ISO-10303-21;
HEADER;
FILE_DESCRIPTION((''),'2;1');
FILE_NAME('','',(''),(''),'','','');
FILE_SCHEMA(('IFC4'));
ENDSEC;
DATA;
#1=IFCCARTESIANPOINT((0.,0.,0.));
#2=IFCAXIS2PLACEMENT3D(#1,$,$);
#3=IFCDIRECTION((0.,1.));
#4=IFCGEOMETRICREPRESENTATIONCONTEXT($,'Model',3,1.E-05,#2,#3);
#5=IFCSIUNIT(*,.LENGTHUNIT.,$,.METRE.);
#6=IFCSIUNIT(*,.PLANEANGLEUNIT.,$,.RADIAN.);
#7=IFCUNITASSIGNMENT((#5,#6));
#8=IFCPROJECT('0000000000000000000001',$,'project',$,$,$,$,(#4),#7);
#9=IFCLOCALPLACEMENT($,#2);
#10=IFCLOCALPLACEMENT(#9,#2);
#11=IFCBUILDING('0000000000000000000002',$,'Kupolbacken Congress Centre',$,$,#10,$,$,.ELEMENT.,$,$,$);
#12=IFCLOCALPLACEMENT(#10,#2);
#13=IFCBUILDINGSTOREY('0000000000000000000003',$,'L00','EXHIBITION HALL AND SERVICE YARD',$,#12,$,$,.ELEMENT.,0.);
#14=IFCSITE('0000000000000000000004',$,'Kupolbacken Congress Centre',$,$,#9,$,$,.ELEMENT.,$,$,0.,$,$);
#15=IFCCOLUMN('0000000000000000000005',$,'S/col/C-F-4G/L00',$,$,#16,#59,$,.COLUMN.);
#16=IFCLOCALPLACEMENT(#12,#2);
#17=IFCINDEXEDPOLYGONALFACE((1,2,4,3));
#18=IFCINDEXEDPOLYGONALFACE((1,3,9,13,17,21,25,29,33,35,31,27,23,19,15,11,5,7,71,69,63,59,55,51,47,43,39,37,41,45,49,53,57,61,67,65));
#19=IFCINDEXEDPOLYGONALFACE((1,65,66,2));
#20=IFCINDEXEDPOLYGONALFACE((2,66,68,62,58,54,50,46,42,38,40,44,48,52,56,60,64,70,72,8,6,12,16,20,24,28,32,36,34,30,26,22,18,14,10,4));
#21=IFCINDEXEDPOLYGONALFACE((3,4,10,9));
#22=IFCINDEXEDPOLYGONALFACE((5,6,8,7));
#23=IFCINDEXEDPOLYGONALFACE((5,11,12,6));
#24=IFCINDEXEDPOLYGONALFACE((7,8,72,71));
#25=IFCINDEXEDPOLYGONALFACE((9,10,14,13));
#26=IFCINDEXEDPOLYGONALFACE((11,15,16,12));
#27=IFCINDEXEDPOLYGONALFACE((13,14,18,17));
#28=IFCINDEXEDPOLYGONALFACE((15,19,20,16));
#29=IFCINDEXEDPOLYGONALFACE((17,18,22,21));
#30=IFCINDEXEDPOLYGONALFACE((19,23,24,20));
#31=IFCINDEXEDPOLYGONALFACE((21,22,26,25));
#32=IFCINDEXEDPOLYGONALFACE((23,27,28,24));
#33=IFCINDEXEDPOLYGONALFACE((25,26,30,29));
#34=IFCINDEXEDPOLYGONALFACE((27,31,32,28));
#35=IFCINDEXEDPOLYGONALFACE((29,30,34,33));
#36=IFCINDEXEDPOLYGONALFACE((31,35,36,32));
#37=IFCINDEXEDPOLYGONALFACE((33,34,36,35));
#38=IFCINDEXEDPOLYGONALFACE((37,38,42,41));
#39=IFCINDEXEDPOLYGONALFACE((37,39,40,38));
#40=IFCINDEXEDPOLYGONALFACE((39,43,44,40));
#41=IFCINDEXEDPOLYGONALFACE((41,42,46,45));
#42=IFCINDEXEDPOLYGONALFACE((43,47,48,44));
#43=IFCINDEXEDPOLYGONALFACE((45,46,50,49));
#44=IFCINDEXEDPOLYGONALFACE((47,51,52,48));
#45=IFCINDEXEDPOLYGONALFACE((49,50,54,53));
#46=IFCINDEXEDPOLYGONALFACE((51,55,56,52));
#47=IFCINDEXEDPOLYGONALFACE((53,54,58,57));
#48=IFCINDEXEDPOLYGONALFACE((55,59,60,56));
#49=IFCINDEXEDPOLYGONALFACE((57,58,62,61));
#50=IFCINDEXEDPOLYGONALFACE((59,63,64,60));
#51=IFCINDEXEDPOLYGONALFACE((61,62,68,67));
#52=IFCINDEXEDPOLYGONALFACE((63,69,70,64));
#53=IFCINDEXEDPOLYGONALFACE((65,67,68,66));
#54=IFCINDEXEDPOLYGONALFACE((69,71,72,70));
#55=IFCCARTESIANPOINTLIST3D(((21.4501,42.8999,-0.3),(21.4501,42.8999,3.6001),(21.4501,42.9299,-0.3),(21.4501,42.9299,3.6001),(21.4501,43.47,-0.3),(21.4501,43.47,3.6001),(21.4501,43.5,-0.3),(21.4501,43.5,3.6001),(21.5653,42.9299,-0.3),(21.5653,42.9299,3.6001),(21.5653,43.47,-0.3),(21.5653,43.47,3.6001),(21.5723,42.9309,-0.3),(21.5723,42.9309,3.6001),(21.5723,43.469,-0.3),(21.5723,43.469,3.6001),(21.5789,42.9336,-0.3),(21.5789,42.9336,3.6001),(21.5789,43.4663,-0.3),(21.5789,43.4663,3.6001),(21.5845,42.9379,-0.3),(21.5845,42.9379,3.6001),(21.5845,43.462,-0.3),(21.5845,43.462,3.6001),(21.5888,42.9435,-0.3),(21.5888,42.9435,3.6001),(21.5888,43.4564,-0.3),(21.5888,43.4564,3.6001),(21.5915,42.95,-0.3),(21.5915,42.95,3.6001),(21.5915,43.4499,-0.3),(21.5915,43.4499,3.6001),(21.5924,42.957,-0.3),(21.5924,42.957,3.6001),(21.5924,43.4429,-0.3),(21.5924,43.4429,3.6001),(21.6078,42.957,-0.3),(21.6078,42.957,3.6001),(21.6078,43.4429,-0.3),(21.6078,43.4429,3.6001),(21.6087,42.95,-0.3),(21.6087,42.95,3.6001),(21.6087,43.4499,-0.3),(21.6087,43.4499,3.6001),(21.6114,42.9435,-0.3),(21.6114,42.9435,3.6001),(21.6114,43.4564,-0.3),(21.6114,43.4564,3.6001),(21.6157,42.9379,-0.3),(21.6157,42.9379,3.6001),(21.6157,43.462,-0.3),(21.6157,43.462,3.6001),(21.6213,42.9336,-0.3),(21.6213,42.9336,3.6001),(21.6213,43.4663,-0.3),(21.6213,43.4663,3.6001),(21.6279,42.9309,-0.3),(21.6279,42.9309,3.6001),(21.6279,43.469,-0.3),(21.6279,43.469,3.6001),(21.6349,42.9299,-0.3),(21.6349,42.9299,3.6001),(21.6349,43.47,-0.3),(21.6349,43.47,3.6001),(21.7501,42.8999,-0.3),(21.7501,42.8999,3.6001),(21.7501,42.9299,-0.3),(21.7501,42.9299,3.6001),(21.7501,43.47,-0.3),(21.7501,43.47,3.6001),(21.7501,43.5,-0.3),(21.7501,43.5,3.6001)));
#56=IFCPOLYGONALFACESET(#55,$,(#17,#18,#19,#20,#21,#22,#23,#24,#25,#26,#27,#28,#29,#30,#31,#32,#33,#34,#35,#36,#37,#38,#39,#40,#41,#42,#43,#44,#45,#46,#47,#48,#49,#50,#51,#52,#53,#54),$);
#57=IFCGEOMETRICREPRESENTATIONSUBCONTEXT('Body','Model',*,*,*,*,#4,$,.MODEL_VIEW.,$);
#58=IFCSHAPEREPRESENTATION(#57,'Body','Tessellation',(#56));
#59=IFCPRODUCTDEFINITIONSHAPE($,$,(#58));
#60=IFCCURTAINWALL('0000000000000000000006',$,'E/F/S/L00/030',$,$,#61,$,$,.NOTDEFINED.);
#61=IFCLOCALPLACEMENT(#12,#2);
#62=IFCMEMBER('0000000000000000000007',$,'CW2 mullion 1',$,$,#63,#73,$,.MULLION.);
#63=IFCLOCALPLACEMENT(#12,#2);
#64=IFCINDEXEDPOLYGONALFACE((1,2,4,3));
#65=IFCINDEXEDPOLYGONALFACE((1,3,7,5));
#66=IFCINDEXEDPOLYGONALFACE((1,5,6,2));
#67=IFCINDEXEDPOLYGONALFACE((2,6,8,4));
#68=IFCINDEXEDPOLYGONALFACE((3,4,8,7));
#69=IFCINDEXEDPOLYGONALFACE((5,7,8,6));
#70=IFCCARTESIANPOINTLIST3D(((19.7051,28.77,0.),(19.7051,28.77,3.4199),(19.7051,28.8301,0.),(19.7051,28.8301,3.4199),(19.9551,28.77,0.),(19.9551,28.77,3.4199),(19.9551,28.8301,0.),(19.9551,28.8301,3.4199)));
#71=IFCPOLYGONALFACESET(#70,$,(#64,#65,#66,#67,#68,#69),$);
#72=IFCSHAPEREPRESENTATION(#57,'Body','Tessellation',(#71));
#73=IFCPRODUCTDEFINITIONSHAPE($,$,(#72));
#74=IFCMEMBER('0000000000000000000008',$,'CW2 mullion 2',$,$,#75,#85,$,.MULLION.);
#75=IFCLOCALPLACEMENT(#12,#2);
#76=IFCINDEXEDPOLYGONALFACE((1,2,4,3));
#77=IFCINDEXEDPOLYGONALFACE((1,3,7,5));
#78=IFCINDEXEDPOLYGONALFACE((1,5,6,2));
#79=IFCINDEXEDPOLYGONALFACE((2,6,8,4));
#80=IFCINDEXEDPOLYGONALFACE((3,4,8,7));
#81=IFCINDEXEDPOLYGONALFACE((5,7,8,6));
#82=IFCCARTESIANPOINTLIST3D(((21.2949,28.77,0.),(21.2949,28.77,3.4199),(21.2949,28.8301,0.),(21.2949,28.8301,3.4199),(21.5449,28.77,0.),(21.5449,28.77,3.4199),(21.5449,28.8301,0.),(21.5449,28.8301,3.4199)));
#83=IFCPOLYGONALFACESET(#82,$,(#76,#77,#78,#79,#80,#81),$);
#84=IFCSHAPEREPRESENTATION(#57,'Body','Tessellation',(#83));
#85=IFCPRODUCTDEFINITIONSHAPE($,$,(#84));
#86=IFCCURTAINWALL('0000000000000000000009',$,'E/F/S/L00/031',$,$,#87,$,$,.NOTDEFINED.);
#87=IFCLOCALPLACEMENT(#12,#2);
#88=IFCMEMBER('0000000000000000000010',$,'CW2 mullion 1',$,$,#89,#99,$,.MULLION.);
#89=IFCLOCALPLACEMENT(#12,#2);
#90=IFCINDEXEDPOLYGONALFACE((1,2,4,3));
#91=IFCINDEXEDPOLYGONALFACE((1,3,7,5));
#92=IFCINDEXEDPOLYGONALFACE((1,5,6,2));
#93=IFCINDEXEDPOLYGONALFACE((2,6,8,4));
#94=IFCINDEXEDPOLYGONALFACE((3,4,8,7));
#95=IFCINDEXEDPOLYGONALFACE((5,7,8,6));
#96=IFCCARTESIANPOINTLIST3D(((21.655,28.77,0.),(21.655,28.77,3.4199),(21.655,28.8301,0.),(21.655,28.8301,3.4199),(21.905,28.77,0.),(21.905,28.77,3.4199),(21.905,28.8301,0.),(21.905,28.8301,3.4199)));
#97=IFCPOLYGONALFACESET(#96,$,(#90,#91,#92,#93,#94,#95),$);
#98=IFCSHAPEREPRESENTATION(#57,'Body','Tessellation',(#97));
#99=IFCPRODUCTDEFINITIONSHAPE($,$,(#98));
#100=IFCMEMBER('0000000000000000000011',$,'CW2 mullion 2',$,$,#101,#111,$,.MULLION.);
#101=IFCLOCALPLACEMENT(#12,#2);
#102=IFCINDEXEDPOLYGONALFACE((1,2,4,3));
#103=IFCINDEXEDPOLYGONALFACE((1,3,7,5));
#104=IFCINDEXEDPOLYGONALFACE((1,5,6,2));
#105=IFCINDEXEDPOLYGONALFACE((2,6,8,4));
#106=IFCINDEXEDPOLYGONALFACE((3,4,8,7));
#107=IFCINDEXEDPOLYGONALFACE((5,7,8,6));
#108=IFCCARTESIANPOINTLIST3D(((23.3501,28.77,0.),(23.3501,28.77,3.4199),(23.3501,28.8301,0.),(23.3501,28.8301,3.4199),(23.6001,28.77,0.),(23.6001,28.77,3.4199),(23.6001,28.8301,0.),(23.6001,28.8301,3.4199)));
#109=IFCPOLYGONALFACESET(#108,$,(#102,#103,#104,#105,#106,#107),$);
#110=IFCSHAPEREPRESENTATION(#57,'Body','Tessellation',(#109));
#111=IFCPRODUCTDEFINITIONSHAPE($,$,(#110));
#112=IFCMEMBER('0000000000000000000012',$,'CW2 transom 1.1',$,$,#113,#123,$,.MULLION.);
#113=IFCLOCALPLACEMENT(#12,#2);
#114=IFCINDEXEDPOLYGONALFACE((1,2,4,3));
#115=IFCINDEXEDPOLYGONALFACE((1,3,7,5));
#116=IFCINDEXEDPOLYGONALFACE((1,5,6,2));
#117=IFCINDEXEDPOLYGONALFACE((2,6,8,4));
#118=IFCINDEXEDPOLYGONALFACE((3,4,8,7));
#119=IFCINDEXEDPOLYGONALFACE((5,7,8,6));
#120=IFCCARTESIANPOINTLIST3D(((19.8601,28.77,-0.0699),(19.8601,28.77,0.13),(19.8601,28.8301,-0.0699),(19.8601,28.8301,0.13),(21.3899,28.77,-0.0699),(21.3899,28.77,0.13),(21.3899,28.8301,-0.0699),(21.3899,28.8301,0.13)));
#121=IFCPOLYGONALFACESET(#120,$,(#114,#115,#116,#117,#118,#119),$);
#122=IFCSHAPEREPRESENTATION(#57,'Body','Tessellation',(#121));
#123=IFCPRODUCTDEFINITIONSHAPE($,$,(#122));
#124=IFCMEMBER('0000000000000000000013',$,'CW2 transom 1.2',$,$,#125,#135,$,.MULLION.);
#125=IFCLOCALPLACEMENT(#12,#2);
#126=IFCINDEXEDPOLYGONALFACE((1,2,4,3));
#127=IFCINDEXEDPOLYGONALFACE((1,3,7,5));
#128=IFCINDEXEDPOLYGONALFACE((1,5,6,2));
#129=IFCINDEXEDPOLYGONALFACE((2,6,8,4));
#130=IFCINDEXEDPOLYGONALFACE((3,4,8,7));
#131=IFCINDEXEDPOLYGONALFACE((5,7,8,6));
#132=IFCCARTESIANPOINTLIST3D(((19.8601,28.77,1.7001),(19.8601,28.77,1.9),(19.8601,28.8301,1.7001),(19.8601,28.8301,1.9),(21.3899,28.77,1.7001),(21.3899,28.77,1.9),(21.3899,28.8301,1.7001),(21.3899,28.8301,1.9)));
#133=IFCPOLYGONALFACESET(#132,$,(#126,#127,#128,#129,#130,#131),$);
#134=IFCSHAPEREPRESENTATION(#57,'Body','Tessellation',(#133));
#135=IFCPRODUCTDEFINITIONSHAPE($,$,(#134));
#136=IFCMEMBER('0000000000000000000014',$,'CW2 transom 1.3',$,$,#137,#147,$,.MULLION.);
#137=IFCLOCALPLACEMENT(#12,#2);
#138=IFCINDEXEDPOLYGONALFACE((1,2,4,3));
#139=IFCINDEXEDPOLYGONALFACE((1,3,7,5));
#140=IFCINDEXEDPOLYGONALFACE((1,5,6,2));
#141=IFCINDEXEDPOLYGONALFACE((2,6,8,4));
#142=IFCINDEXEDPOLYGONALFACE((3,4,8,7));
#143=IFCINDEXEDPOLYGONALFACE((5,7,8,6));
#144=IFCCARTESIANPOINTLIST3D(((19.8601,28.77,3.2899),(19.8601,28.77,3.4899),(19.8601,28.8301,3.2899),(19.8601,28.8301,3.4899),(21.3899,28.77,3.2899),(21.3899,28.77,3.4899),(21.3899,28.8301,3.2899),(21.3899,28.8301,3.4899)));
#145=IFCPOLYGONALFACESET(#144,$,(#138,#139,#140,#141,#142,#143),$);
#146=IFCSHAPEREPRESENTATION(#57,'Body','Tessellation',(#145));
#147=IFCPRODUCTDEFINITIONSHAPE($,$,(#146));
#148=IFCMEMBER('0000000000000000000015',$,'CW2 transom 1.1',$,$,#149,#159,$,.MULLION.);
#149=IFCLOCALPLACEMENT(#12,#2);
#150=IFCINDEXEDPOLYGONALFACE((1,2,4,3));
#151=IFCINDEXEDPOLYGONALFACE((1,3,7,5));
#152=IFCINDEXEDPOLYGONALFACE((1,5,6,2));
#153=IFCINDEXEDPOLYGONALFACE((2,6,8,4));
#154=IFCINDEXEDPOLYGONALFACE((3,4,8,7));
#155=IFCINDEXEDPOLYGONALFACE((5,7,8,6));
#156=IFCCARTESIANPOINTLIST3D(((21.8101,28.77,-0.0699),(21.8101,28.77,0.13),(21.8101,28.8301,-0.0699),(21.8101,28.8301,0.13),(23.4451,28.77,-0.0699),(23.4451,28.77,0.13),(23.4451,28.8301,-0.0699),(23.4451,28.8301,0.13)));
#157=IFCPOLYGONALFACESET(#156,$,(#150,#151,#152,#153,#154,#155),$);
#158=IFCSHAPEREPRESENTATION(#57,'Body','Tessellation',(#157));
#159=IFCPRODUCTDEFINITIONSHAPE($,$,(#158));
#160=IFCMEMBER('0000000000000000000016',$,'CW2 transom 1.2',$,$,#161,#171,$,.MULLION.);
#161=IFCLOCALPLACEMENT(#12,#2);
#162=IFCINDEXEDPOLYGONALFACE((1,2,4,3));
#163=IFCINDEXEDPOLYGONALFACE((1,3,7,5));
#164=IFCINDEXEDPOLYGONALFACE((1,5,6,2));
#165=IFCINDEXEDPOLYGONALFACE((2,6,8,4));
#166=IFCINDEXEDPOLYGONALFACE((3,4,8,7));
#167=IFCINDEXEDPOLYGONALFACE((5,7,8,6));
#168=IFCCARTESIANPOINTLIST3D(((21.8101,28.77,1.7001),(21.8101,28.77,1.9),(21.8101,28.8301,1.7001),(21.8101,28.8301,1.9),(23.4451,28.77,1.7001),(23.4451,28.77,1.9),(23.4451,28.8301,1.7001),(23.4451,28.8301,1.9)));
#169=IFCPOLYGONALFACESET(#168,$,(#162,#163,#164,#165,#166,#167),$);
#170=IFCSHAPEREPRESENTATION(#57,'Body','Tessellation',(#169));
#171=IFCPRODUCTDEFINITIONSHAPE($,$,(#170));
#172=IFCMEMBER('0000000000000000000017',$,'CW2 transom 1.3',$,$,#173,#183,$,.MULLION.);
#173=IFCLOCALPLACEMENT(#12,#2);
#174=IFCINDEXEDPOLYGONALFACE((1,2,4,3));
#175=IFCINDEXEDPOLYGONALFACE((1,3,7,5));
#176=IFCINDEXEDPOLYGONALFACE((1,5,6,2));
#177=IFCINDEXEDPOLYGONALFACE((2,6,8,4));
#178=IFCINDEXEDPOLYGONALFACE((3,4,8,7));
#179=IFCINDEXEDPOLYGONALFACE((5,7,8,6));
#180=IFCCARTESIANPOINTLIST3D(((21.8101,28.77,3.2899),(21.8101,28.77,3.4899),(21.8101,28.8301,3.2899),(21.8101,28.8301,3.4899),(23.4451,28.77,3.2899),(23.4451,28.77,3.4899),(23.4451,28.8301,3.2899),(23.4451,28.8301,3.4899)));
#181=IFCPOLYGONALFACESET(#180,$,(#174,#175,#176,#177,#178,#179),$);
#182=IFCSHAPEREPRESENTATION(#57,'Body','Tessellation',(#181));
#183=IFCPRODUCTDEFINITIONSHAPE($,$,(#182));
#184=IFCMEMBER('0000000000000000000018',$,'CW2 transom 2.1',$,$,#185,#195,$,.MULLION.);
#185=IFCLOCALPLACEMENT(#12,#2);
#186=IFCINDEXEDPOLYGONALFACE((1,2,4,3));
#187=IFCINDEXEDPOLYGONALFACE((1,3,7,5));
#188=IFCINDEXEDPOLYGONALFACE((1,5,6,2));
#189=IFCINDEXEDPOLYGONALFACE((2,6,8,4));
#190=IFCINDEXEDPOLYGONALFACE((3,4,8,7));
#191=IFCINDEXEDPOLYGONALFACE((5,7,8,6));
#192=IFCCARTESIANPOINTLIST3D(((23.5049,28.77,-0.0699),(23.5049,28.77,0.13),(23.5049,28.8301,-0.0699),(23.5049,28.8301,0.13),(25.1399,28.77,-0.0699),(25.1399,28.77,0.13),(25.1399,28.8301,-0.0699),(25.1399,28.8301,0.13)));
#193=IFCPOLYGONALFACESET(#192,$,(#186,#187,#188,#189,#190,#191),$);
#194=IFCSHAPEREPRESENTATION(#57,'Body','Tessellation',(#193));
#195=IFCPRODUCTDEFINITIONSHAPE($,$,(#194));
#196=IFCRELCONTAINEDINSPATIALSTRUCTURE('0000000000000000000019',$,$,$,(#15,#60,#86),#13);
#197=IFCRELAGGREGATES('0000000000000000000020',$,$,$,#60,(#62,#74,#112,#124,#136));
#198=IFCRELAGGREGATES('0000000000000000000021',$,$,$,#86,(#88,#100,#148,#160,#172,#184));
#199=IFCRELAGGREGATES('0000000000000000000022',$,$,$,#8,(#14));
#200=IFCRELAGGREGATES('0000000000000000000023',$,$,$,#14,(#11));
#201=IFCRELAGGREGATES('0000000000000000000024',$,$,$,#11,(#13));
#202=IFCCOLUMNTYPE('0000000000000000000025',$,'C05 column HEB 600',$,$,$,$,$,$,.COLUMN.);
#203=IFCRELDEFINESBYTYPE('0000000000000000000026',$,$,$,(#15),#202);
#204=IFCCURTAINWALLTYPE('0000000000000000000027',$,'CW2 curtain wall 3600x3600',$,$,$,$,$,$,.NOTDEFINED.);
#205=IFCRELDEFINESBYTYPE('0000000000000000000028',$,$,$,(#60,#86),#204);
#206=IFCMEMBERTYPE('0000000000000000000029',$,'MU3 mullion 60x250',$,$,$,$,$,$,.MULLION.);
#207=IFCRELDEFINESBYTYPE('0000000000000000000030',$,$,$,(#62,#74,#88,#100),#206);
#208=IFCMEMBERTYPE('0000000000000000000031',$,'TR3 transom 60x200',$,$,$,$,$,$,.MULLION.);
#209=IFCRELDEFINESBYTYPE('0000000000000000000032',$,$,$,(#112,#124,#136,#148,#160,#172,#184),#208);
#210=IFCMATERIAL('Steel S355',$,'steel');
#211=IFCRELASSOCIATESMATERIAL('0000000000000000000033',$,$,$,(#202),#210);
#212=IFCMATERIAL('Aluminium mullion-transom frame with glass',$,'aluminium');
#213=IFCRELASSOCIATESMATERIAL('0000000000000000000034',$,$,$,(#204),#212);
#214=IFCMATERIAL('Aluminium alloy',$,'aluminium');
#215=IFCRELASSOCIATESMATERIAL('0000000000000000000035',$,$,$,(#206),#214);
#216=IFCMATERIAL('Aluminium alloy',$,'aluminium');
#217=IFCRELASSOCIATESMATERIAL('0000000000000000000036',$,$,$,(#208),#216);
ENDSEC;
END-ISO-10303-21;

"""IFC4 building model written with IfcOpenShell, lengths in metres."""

from ifc_helpers import new_model, si_unit, direction, frame, origin, origin_2d, place, context, subcontext, project, spatial, rectangle, i_section, extrude, material, material_profile, profile_set, type_object, element, aggregate, save


model = new_model("IFC4")

# Units and contexts
model_context = context("Model", 3, precision=1e-05, world=origin(), true_north=direction((0.0, 1.0)))
body_context = subcontext(model_context, "Body", "Model", "MODEL_VIEW")
ifc_project = project(units=[si_unit("LENGTHUNIT", "METRE"), si_unit("PLANEANGLEUNIT", "RADIAN")], contexts=[model_context])

# Site, building, storey
site_placement = place(None, origin())
site = spatial("IfcSite", under=ifc_project, at=site_placement, Name="Kupolbacken Congress Centre", CompositionType="ELEMENT", RefElevation=0.0)
building_placement = place(site_placement, origin())
building = spatial("IfcBuilding", under=site, at=building_placement, Name="Kupolbacken Congress Centre", CompositionType="ELEMENT")
storey_placement = place(building_placement, origin())
storey = spatial("IfcBuildingStorey", under=building, at=storey_placement, Name="L00", Description="EXHIBITION HALL AND SERVICE YARD", CompositionType="ELEMENT", Elevation=0.0)

# Column
ifc_material_1 = material(Name="Steel S355", Category="steel")
ifc_material_profile_1 = material_profile(ifc_material_1, i_section(OverallWidth=0.3, OverallDepth=0.6001, WebThickness=0.0154, FlangeThickness=0.03, FilletRadius=0.0271, at=origin_2d()), Name="HEB 600")
ifc_profile_set_1 = profile_set([ifc_material_profile_1], Name="Steel S355")
column_type_1 = type_object("IfcColumnType", Name="C05 column HEB 600", PredefinedType="COLUMN", material=ifc_profile_set_1)
column_1_placement = place(storey_placement, frame((21.6001, 43.2, -0.3), z_axis=(0.0, 0.0, 1.0), x_axis=(1.0, 0.0, 0.0)))
element("IfcColumn", 1, at=column_1_placement, inside=storey, type_object=column_type_1, Name="S/col/C-F-4G/L00", PredefinedType="COLUMN", context=body_context, shape_type="SweptSolid", body=[
    extrude(i_section(OverallWidth=0.3, OverallDepth=0.6001, WebThickness=0.0154, FlangeThickness=0.03, FilletRadius=0.0271, at=origin_2d()), origin(), (0.0, 0.0, 1.0), 3.9001),
])

# Curtain walls, members
ifc_material_2 = material(Name="Aluminium mullion-transom frame with glass", Category="aluminium")
curtain_wall_type = type_object("IfcCurtainWallType", Name="CW2 curtain wall 3600x3600", PredefinedType="NOTDEFINED", material=ifc_material_2)
curtain_wall_1_placement = place(storey_placement, origin())
curtain_wall_1 = element("IfcCurtainWall", 2, at=curtain_wall_1_placement, inside=storey, type_object=curtain_wall_type, Name="E/F/S/L00/030", PredefinedType="NOTDEFINED")
ifc_material_3 = material(Name="Aluminium alloy", Category="aluminium")
ifc_material_profile_2 = material_profile(ifc_material_3, rectangle(XDim=0.0601, YDim=0.25, at=origin_2d()), Name="60 x 250")
ifc_profile_set_2 = profile_set([ifc_material_profile_2], Name="Aluminium alloy")
member_type_1 = type_object("IfcMemberType", Name="MU3 mullion 60x250", PredefinedType="MULLION", material=ifc_profile_set_2)
member_1_placement = place(storey_placement, frame((19.8301, 28.8, 0.0), z_axis=(0.0, 0.0, 1.0), x_axis=(0.0, 1.0, 0.0)))
member_1 = element("IfcMember", 3, at=member_1_placement, type_object=member_type_1, Name="CW2 mullion 1", PredefinedType="MULLION", context=body_context, shape_type="SweptSolid", body=[
    extrude(rectangle(XDim=0.0601, YDim=0.25, at=origin_2d()), origin(), (0.0, 0.0, 1.0), 3.4199),
])
member_2_placement = place(storey_placement, frame((21.4199, 28.8, 0.0), z_axis=(0.0, 0.0, 1.0), x_axis=(0.0, 1.0, 0.0)))
member_2 = element("IfcMember", 4, at=member_2_placement, type_object=member_type_1, Name="CW2 mullion 2", PredefinedType="MULLION", context=body_context, shape_type="SweptSolid", body=[
    extrude(rectangle(XDim=0.0601, YDim=0.25, at=origin_2d()), origin(), (0.0, 0.0, 1.0), 3.4199),
])
curtain_wall_2_placement = place(storey_placement, origin())
curtain_wall_2 = element("IfcCurtainWall", 5, at=curtain_wall_2_placement, inside=storey, type_object=curtain_wall_type, Name="E/F/S/L00/031", PredefinedType="NOTDEFINED")
member_3_placement = place(storey_placement, frame((21.78, 28.8, 0.0), z_axis=(0.0, 0.0, 1.0), x_axis=(0.0, 1.0, 0.0)))
member_3 = element("IfcMember", 6, at=member_3_placement, type_object=member_type_1, Name="CW2 mullion 1", PredefinedType="MULLION", context=body_context, shape_type="SweptSolid", body=[
    extrude(rectangle(XDim=0.0601, YDim=0.25, at=origin_2d()), origin(), (0.0, 0.0, 1.0), 3.4199),
])
member_4_placement = place(storey_placement, frame((23.4751, 28.8, 0.0), z_axis=(0.0, 0.0, 1.0), x_axis=(0.0, 1.0, 0.0)))
member_4 = element("IfcMember", 7, at=member_4_placement, type_object=member_type_1, Name="CW2 mullion 2", PredefinedType="MULLION", context=body_context, shape_type="SweptSolid", body=[
    extrude(rectangle(XDim=0.0601, YDim=0.25, at=origin_2d()), origin(), (0.0, 0.0, 1.0), 3.4199),
])

# Members
ifc_material_4 = material(Name="Aluminium alloy", Category="aluminium")
ifc_material_profile_3 = material_profile(ifc_material_4, rectangle(XDim=0.0601, YDim=0.2, at=origin_2d()), Name="60 x 200")
ifc_profile_set_3 = profile_set([ifc_material_profile_3], Name="Aluminium alloy")
member_type_2 = type_object("IfcMemberType", Name="TR3 transom 60x200", PredefinedType="MULLION", material=ifc_profile_set_3)
member_5_placement = place(storey_placement, frame((19.8601, 28.8, 0.03), z_axis=(1.0, 0.0, 0.0), x_axis=(0.0, 1.0, 0.0)))
member_5 = element("IfcMember", 8, at=member_5_placement, type_object=member_type_2, Name="CW2 transom 1.1", PredefinedType="MULLION", context=body_context, shape_type="SweptSolid", body=[
    extrude(rectangle(XDim=0.0601, YDim=0.2, at=origin_2d()), origin(), (0.0, 0.0, 1.0), 1.5298),
])
member_6_placement = place(storey_placement, frame((19.8601, 28.8, 1.8), z_axis=(1.0, 0.0, 0.0), x_axis=(0.0, 1.0, 0.0)))
member_6 = element("IfcMember", 9, at=member_6_placement, type_object=member_type_2, Name="CW2 transom 1.2", PredefinedType="MULLION", context=body_context, shape_type="SweptSolid", body=[
    extrude(rectangle(XDim=0.0601, YDim=0.2, at=origin_2d()), origin(), (0.0, 0.0, 1.0), 1.5298),
])
member_7_placement = place(storey_placement, frame((19.8601, 28.8, 3.3899), z_axis=(1.0, 0.0, 0.0), x_axis=(0.0, 1.0, 0.0)))
member_7 = element("IfcMember", 10, at=member_7_placement, type_object=member_type_2, Name="CW2 transom 1.3", PredefinedType="MULLION", context=body_context, shape_type="SweptSolid", body=[
    extrude(rectangle(XDim=0.0601, YDim=0.2, at=origin_2d()), origin(), (0.0, 0.0, 1.0), 1.5298),
])
member_8_placement = place(storey_placement, frame((21.8101, 28.8, 0.03), z_axis=(1.0, 0.0, 0.0), x_axis=(0.0, 1.0, 0.0)))
member_8 = element("IfcMember", 11, at=member_8_placement, type_object=member_type_2, Name="CW2 transom 1.1", PredefinedType="MULLION", context=body_context, shape_type="SweptSolid", body=[
    extrude(rectangle(XDim=0.0601, YDim=0.2, at=origin_2d()), origin(), (0.0, 0.0, 1.0), 1.635),
])
member_9_placement = place(storey_placement, frame((21.8101, 28.8, 1.8), z_axis=(1.0, 0.0, 0.0), x_axis=(0.0, 1.0, 0.0)))
member_9 = element("IfcMember", 12, at=member_9_placement, type_object=member_type_2, Name="CW2 transom 1.2", PredefinedType="MULLION", context=body_context, shape_type="SweptSolid", body=[
    extrude(rectangle(XDim=0.0601, YDim=0.2, at=origin_2d()), origin(), (0.0, 0.0, 1.0), 1.635),
])
member_10_placement = place(storey_placement, frame((21.8101, 28.8, 3.3899), z_axis=(1.0, 0.0, 0.0), x_axis=(0.0, 1.0, 0.0)))
member_10 = element("IfcMember", 13, at=member_10_placement, type_object=member_type_2, Name="CW2 transom 1.3", PredefinedType="MULLION", context=body_context, shape_type="SweptSolid", body=[
    extrude(rectangle(XDim=0.0601, YDim=0.2, at=origin_2d()), origin(), (0.0, 0.0, 1.0), 1.635),
])
member_11_placement = place(storey_placement, frame((23.5049, 28.8, 0.03), z_axis=(1.0, 0.0, 0.0), x_axis=(0.0, 1.0, 0.0)))
member_11 = element("IfcMember", 14, at=member_11_placement, type_object=member_type_2, Name="CW2 transom 2.1", PredefinedType="MULLION", context=body_context, shape_type="SweptSolid", body=[
    extrude(rectangle(XDim=0.0601, YDim=0.2, at=origin_2d()), origin(), (0.0, 0.0, 1.0), 1.635),
])

aggregate(curtain_wall_1, [member_1, member_2, member_5, member_6, member_7])
aggregate(curtain_wall_2, [member_3, member_4, member_8, member_9, member_10, member_11])

save(model, "model.ifc")
